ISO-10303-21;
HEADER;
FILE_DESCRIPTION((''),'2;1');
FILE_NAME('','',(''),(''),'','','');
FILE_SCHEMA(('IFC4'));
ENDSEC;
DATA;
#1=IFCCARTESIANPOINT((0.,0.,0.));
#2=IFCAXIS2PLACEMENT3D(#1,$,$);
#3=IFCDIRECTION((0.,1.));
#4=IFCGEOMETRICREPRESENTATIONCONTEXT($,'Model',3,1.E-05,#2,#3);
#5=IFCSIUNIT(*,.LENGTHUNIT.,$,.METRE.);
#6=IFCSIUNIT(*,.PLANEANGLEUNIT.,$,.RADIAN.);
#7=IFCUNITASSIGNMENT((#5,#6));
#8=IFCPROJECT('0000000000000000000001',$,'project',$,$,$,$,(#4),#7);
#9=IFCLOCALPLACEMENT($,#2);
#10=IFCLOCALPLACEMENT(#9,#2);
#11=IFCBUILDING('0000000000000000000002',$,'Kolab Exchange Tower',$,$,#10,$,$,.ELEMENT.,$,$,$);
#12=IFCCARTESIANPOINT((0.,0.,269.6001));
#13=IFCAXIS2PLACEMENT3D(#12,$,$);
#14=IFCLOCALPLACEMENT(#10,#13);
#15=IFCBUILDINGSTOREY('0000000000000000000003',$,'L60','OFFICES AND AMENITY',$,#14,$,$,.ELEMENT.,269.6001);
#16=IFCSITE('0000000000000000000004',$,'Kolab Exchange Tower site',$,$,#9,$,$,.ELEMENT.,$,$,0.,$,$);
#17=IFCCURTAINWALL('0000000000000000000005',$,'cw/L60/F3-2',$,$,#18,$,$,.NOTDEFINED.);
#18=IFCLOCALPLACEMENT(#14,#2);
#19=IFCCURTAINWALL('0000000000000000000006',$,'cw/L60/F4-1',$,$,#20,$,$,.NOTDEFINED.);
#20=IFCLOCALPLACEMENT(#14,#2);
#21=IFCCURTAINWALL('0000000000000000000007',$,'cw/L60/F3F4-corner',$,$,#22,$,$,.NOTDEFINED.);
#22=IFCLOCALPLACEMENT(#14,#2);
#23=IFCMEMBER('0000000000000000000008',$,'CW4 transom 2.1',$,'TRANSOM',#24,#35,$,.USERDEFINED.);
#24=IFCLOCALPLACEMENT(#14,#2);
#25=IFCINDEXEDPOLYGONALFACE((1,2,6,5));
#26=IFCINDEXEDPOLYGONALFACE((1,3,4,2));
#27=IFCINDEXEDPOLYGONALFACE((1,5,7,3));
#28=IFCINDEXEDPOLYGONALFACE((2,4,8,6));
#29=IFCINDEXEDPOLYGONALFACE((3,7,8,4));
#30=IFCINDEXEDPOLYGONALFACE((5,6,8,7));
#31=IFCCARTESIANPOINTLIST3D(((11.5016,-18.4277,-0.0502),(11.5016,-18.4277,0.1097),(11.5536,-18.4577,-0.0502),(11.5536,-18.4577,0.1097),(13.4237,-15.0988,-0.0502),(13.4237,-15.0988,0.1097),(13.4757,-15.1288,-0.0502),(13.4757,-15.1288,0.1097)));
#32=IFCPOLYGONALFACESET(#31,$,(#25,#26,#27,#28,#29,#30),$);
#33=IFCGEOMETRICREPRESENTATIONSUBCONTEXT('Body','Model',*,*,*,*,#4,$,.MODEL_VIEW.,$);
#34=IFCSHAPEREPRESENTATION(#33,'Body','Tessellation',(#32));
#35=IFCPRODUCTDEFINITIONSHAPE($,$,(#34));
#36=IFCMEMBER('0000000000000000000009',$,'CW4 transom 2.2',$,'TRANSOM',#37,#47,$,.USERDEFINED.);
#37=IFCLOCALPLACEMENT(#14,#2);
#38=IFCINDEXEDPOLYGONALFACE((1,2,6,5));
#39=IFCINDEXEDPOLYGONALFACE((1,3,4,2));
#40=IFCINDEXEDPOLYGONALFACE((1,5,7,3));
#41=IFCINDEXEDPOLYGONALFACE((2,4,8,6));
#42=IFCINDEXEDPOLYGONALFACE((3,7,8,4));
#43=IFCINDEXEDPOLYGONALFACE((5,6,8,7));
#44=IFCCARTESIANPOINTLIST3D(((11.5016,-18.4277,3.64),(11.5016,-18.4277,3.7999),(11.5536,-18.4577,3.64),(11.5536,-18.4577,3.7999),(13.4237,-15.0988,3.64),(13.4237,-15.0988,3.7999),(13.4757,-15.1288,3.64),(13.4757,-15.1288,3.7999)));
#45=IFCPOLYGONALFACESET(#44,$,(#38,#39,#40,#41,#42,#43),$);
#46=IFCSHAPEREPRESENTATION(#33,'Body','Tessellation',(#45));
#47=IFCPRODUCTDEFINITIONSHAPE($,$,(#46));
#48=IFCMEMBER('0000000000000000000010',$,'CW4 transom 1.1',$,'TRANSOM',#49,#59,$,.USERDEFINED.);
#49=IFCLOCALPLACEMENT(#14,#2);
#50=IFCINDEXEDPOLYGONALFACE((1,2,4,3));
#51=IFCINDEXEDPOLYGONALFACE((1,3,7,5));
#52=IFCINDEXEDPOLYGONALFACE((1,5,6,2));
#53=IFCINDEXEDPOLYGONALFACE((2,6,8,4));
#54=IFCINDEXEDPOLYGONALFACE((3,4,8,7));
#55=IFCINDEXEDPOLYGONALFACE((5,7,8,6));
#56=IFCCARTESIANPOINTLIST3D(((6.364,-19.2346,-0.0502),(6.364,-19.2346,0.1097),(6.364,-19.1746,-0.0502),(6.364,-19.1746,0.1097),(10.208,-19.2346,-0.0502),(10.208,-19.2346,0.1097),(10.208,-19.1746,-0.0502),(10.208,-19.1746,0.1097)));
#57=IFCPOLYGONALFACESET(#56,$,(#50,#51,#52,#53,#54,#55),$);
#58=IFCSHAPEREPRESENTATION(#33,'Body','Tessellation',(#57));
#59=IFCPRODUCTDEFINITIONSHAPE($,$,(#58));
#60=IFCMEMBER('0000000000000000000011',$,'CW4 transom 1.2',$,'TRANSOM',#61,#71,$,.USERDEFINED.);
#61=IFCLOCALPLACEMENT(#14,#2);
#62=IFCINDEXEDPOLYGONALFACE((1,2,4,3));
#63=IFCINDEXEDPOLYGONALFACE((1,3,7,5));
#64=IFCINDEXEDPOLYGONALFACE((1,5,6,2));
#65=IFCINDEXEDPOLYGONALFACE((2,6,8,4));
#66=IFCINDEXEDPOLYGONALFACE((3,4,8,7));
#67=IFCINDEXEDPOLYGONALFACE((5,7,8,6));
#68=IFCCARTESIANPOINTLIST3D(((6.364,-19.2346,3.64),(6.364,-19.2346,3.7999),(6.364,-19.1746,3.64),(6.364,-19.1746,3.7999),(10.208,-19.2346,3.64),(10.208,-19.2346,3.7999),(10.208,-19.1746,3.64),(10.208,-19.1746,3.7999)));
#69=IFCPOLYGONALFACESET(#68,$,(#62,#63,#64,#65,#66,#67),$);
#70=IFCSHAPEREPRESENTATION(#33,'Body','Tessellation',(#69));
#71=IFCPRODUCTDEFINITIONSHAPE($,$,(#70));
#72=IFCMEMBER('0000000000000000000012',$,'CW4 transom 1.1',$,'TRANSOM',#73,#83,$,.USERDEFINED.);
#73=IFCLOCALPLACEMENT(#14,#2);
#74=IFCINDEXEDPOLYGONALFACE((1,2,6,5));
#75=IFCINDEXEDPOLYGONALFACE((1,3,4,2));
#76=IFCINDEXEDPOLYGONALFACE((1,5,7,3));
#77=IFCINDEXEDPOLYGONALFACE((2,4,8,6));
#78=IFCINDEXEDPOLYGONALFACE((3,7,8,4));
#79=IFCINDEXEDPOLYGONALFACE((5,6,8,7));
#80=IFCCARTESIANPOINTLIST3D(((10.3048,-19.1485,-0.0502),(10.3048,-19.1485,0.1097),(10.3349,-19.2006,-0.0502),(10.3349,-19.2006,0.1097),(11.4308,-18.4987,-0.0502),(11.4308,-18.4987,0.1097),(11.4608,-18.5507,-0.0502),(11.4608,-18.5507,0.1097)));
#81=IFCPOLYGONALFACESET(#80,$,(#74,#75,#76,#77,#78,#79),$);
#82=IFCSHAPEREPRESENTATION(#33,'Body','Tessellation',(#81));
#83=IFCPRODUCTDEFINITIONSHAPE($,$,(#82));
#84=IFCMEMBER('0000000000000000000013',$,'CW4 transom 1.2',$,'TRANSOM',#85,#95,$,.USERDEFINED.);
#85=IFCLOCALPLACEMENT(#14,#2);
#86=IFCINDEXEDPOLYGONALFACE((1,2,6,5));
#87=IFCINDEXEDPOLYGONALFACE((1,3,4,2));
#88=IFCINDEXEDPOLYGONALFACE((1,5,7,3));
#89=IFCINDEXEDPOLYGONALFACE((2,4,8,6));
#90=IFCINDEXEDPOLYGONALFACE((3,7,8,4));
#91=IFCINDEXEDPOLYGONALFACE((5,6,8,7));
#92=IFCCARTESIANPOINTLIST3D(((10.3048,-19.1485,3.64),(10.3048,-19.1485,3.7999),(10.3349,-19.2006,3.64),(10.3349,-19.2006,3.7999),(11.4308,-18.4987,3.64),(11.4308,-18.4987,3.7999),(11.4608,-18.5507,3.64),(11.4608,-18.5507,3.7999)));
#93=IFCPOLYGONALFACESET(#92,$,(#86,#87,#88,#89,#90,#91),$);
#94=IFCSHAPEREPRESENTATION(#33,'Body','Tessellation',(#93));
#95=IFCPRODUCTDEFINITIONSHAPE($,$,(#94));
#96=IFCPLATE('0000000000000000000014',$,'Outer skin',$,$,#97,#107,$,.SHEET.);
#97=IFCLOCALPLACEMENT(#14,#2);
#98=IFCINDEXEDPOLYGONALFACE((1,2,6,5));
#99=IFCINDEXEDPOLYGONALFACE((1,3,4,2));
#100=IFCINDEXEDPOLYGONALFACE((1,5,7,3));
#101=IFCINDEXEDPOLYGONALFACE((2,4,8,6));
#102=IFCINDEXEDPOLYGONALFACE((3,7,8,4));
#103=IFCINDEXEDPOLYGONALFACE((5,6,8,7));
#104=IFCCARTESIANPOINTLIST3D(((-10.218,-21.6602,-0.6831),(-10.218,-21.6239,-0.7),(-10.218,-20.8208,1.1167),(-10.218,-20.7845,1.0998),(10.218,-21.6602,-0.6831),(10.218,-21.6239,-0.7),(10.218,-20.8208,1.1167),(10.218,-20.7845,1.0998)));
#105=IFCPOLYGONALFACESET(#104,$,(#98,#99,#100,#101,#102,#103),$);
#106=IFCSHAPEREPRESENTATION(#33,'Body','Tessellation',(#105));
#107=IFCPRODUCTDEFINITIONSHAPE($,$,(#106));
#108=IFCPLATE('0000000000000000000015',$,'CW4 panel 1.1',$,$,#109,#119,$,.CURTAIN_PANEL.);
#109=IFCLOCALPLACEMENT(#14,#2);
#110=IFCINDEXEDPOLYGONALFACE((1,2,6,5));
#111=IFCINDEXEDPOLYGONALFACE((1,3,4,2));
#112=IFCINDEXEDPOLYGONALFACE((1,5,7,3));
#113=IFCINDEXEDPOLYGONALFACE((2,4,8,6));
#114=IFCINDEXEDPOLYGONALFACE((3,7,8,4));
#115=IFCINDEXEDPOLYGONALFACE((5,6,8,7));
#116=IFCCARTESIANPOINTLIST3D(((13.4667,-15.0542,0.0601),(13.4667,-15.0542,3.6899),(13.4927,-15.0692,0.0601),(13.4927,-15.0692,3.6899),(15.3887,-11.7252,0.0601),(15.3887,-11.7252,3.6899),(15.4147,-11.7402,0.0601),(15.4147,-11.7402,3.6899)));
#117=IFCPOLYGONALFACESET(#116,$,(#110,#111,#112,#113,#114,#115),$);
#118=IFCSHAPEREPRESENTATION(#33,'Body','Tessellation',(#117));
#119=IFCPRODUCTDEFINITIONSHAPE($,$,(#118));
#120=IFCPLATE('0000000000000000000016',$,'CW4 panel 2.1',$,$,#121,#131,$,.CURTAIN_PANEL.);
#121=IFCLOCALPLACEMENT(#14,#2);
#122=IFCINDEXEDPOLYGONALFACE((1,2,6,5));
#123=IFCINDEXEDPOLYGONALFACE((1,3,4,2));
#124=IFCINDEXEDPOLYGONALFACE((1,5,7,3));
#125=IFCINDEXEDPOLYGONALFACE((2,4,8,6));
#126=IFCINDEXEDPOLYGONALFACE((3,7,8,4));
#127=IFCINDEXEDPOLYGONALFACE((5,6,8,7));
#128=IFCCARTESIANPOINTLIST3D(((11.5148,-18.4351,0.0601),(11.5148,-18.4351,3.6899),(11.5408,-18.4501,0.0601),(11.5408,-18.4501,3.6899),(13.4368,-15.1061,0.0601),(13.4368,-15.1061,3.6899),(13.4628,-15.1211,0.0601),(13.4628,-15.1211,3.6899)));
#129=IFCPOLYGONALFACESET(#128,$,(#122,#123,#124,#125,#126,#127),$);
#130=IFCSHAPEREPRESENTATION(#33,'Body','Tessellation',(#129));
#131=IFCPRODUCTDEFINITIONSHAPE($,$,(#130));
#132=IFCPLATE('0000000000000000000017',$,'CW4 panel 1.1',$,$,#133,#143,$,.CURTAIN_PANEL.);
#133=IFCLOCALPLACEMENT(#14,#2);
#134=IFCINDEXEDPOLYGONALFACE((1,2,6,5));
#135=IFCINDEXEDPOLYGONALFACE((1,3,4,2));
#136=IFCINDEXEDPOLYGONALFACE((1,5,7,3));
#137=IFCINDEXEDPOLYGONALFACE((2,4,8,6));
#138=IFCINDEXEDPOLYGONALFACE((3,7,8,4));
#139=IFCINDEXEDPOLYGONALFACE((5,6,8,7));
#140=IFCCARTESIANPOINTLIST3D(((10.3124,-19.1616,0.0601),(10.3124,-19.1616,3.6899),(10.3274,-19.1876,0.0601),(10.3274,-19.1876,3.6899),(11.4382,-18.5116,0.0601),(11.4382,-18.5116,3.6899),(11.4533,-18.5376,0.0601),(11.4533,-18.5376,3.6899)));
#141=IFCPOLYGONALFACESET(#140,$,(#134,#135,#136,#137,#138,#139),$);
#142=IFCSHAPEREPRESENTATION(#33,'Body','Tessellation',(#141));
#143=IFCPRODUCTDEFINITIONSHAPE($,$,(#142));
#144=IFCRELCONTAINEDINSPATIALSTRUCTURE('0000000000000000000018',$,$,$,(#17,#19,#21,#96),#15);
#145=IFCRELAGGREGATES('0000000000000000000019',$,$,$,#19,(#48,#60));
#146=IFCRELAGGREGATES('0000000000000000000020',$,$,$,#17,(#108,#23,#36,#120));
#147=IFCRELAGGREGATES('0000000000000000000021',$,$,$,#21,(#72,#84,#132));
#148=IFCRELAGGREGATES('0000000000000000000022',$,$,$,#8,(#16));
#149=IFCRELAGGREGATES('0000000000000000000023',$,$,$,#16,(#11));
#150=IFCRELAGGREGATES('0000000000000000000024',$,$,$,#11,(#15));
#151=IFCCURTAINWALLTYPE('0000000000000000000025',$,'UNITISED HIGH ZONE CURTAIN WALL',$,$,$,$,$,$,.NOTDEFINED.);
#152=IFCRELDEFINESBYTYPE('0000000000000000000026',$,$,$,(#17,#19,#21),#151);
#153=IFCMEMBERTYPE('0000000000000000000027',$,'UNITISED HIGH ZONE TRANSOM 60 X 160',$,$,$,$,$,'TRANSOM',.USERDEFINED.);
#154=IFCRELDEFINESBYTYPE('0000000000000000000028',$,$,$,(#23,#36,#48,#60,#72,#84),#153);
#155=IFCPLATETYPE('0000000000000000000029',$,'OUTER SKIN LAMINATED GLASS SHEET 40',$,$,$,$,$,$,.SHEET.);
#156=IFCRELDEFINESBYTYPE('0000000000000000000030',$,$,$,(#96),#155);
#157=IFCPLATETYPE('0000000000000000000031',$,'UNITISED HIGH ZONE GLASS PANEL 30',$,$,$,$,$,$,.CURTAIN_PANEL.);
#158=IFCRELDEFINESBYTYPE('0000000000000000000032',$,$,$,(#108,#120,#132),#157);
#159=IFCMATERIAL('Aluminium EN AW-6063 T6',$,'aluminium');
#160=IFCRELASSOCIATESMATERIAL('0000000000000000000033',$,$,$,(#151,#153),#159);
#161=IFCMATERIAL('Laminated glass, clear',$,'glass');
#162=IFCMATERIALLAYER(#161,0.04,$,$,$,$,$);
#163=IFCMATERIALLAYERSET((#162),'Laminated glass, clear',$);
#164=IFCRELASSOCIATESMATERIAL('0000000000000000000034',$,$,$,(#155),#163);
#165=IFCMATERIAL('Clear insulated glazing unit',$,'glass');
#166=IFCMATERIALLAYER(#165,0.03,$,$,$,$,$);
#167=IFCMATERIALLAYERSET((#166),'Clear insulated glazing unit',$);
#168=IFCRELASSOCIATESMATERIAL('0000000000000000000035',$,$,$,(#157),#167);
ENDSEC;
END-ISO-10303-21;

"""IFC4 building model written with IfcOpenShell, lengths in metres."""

from ifc_helpers import new_model, si_unit, direction, frame, origin, origin_2d, place, context, subcontext, project, spatial, polyline, rectangle, outline, extrude, material, layer, layer_set, material_profile, profile_set, type_object, element, aggregate, save


model = new_model("IFC4")

# Units and contexts
model_context = context("Model", 3, precision=1e-05, world=origin(), true_north=direction((0.0, 1.0)))
body_context = subcontext(model_context, "Body", "Model", "MODEL_VIEW")
ifc_project = project(units=[si_unit("LENGTHUNIT", "METRE"), si_unit("PLANEANGLEUNIT", "RADIAN")], contexts=[model_context])

# Site, building, storey
site_placement = place(None, origin())
site = spatial("IfcSite", under=ifc_project, at=site_placement, Name="Kolab Exchange Tower site", CompositionType="ELEMENT", RefElevation=0.0)
building_placement = place(site_placement, origin())
building = spatial("IfcBuilding", under=site, at=building_placement, Name="Kolab Exchange Tower", CompositionType="ELEMENT")
storey_placement = place(building_placement, frame((0.0, 0.0, 269.6001)))
storey = spatial("IfcBuildingStorey", under=building, at=storey_placement, Name="L60", Description="OFFICES AND AMENITY", CompositionType="ELEMENT", Elevation=269.6001)

# Curtain wall
ifc_material_1 = material(Name="Aluminium EN AW-6063 T6", Category="aluminium")
curtain_wall_type = type_object("IfcCurtainWallType", Name="UNITISED HIGH ZONE CURTAIN WALL", PredefinedType="NOTDEFINED", material=ifc_material_1)
curtain_wall_1_placement = place(storey_placement, origin())
curtain_wall_1 = element("IfcCurtainWall", 1, at=curtain_wall_1_placement, inside=storey, type_object=curtain_wall_type, Name="cw/L60/F3-2", PredefinedType="NOTDEFINED")

# Curtain wall
curtain_wall_2_placement = place(storey_placement, origin())
curtain_wall_2 = element("IfcCurtainWall", 2, at=curtain_wall_2_placement, inside=storey, type_object=curtain_wall_type, Name="cw/L60/F4-1", PredefinedType="NOTDEFINED")

# Curtain wall
curtain_wall_3_placement = place(storey_placement, origin())
curtain_wall_3 = element("IfcCurtainWall", 3, at=curtain_wall_3_placement, inside=storey, type_object=curtain_wall_type, Name="cw/L60/F3F4-corner", PredefinedType="NOTDEFINED")

# Members
ifc_material_profile_1 = material_profile(ifc_material_1, rectangle(XDim=0.0601, YDim=0.1599, at=origin_2d()), Name="RECT 60X160")
ifc_profile_set_1 = profile_set([ifc_material_profile_1], Name="Aluminium EN AW-6063 T6")
member_type_1 = type_object("IfcMemberType", Name="UNITISED HIGH ZONE TRANSOM 60 X 160", ElementType="TRANSOM", PredefinedType="USERDEFINED", material=ifc_profile_set_1)
member_1_placement = place(storey_placement, frame((13.4497, -15.1138, 0.0298), z_axis=(-0.500039, -0.866003, 0.0), x_axis=(0.866003, -0.500039, 0.0)))
member_1 = element("IfcMember", 4, at=member_1_placement, type_object=member_type_1, Name="CW4 transom 2.1", ObjectType="TRANSOM", PredefinedType="USERDEFINED", context=body_context, shape_type="SweptSolid", body=[
    extrude(rectangle(XDim=0.0601, YDim=0.1599, at=origin_2d()), origin(), (0.0, 0.0, 1.0), 3.844),
])
member_2_placement = place(storey_placement, frame((13.4497, -15.1138, 3.72), z_axis=(-0.500039, -0.866003, 0.0), x_axis=(0.866003, -0.500039, 0.0)))
member_2 = element("IfcMember", 5, at=member_2_placement, type_object=member_type_1, Name="CW4 transom 2.2", ObjectType="TRANSOM", PredefinedType="USERDEFINED", context=body_context, shape_type="SweptSolid", body=[
    extrude(rectangle(XDim=0.0601, YDim=0.1599, at=origin_2d()), origin(), (0.0, 0.0, 1.0), 3.844),
])
member_3_placement = place(storey_placement, frame((10.208, -19.2046, 0.0298), z_axis=(-1.0, 0.0, 0.0), x_axis=(0.0, -1.0, 0.0)))
member_3 = element("IfcMember", 6, at=member_3_placement, type_object=member_type_1, Name="CW4 transom 1.1", ObjectType="TRANSOM", PredefinedType="USERDEFINED", context=body_context, shape_type="SweptSolid", body=[
    extrude(rectangle(XDim=0.0601, YDim=0.1599, at=origin_2d()), origin(), (0.0, 0.0, 1.0), 3.844),
])
member_4_placement = place(storey_placement, frame((10.208, -19.2046, 3.72), z_axis=(-1.0, 0.0, 0.0), x_axis=(0.0, -1.0, 0.0)))
member_4 = element("IfcMember", 7, at=member_4_placement, type_object=member_type_1, Name="CW4 transom 1.2", ObjectType="TRANSOM", PredefinedType="USERDEFINED", context=body_context, shape_type="SweptSolid", body=[
    extrude(rectangle(XDim=0.0601, YDim=0.1599, at=origin_2d()), origin(), (0.0, 0.0, 1.0), 3.844),
])
aggregate(curtain_wall_2, [member_3, member_4])
member_5_placement = place(storey_placement, frame((11.4458, -18.5247, 0.0298), z_axis=(-0.866086, -0.499896, 0.0), x_axis=(0.499896, -0.866086, 0.0)))
member_5 = element("IfcMember", 8, at=member_5_placement, type_object=member_type_1, Name="CW4 transom 1.1", ObjectType="TRANSOM", PredefinedType="USERDEFINED", context=body_context, shape_type="SweptSolid", body=[
    extrude(rectangle(XDim=0.0601, YDim=0.1599, at=origin_2d()), origin(), (0.0, 0.0, 1.0), 1.3),
])
member_6_placement = place(storey_placement, frame((11.4458, -18.5247, 3.72), z_axis=(-0.866086, -0.499896, 0.0), x_axis=(0.499896, -0.866086, 0.0)))
member_6 = element("IfcMember", 9, at=member_6_placement, type_object=member_type_1, Name="CW4 transom 1.2", ObjectType="TRANSOM", PredefinedType="USERDEFINED", context=body_context, shape_type="SweptSolid", body=[
    extrude(rectangle(XDim=0.0601, YDim=0.1599, at=origin_2d()), origin(), (0.0, 0.0, 1.0), 1.3),
])

# Plates
ifc_material_2 = material(Name="Laminated glass, clear", Category="glass")
ifc_layer_1 = layer(ifc_material_2, 0.04)
ifc_layer_set_1 = layer_set([ifc_layer_1], Name="Laminated glass, clear")
plate_type_1 = type_object("IfcPlateType", Name="OUTER SKIN LAMINATED GLASS SHEET 40", PredefinedType="SHEET", material=ifc_layer_set_1)
plate_1_placement = place(storey_placement, frame((10.218, -21.6602, -0.6831), z_axis=(0.0, -0.90629, 0.422657), x_axis=(-1.0, 0.0, 0.0)))
element("IfcPlate", 10, at=plate_1_placement, inside=storey, type_object=plate_type_1, Name="Outer skin", PredefinedType="SHEET", context=body_context, shape_type="SweptSolid", body=[
    extrude(outline(polyline([(0.0, 0.0), (20.436, 0.0), (20.436, -1.9859), (0.0, -1.9859), (0.0, 0.0)])), origin(), (0.0, 0.0, -1.0), 0.04),
])
ifc_material_3 = material(Name="Clear insulated glazing unit", Category="glass")
ifc_layer_2 = layer(ifc_material_3, 0.03)
ifc_layer_set_2 = layer_set([ifc_layer_2], Name="Clear insulated glazing unit")
plate_type_2 = type_object("IfcPlateType", Name="UNITISED HIGH ZONE GLASS PANEL 30", PredefinedType="CURTAIN_PANEL", material=ifc_layer_set_2)
plate_2_placement = place(storey_placement, frame((14.4407, -13.3972, 0.0601), z_axis=(0.0, 0.0, 1.0), x_axis=(-0.5, -0.866025, 0.0)))
plate_2 = element("IfcPlate", 11, at=plate_2_placement, type_object=plate_type_2, Name="CW4 panel 1.1", PredefinedType="CURTAIN_PANEL", context=body_context, shape_type="SweptSolid", body=[
    extrude(rectangle(XDim=3.844, YDim=0.03, at=origin_2d()), origin(), (0.0, 0.0, 1.0), 3.6299),
])
plate_3_placement = place(storey_placement, frame((12.4888, -16.7781, 0.0601), z_axis=(0.0, 0.0, 1.0), x_axis=(-0.5, -0.866025, 0.0)))
plate_3 = element("IfcPlate", 12, at=plate_3_placement, type_object=plate_type_2, Name="CW4 panel 2.1", PredefinedType="CURTAIN_PANEL", context=body_context, shape_type="SweptSolid", body=[
    extrude(rectangle(XDim=3.844, YDim=0.03, at=origin_2d()), origin(), (0.0, 0.0, 1.0), 3.6299),
])
aggregate(curtain_wall_1, [plate_2, member_1, member_2, plate_3])
plate_4_placement = place(storey_placement, frame((10.8828, -18.8496, 0.0601), z_axis=(0.0, 0.0, 1.0), x_axis=(-0.866025, -0.5, 0.0)))
plate_4 = element("IfcPlate", 13, at=plate_4_placement, type_object=plate_type_2, Name="CW4 panel 1.1", PredefinedType="CURTAIN_PANEL", context=body_context, shape_type="SweptSolid", body=[
    extrude(rectangle(XDim=1.3, YDim=0.03, at=origin_2d()), origin(), (0.0, 0.0, 1.0), 3.6299),
])
aggregate(curtain_wall_3, [member_5, member_6, plate_4])

save(model, "model.ifc")
